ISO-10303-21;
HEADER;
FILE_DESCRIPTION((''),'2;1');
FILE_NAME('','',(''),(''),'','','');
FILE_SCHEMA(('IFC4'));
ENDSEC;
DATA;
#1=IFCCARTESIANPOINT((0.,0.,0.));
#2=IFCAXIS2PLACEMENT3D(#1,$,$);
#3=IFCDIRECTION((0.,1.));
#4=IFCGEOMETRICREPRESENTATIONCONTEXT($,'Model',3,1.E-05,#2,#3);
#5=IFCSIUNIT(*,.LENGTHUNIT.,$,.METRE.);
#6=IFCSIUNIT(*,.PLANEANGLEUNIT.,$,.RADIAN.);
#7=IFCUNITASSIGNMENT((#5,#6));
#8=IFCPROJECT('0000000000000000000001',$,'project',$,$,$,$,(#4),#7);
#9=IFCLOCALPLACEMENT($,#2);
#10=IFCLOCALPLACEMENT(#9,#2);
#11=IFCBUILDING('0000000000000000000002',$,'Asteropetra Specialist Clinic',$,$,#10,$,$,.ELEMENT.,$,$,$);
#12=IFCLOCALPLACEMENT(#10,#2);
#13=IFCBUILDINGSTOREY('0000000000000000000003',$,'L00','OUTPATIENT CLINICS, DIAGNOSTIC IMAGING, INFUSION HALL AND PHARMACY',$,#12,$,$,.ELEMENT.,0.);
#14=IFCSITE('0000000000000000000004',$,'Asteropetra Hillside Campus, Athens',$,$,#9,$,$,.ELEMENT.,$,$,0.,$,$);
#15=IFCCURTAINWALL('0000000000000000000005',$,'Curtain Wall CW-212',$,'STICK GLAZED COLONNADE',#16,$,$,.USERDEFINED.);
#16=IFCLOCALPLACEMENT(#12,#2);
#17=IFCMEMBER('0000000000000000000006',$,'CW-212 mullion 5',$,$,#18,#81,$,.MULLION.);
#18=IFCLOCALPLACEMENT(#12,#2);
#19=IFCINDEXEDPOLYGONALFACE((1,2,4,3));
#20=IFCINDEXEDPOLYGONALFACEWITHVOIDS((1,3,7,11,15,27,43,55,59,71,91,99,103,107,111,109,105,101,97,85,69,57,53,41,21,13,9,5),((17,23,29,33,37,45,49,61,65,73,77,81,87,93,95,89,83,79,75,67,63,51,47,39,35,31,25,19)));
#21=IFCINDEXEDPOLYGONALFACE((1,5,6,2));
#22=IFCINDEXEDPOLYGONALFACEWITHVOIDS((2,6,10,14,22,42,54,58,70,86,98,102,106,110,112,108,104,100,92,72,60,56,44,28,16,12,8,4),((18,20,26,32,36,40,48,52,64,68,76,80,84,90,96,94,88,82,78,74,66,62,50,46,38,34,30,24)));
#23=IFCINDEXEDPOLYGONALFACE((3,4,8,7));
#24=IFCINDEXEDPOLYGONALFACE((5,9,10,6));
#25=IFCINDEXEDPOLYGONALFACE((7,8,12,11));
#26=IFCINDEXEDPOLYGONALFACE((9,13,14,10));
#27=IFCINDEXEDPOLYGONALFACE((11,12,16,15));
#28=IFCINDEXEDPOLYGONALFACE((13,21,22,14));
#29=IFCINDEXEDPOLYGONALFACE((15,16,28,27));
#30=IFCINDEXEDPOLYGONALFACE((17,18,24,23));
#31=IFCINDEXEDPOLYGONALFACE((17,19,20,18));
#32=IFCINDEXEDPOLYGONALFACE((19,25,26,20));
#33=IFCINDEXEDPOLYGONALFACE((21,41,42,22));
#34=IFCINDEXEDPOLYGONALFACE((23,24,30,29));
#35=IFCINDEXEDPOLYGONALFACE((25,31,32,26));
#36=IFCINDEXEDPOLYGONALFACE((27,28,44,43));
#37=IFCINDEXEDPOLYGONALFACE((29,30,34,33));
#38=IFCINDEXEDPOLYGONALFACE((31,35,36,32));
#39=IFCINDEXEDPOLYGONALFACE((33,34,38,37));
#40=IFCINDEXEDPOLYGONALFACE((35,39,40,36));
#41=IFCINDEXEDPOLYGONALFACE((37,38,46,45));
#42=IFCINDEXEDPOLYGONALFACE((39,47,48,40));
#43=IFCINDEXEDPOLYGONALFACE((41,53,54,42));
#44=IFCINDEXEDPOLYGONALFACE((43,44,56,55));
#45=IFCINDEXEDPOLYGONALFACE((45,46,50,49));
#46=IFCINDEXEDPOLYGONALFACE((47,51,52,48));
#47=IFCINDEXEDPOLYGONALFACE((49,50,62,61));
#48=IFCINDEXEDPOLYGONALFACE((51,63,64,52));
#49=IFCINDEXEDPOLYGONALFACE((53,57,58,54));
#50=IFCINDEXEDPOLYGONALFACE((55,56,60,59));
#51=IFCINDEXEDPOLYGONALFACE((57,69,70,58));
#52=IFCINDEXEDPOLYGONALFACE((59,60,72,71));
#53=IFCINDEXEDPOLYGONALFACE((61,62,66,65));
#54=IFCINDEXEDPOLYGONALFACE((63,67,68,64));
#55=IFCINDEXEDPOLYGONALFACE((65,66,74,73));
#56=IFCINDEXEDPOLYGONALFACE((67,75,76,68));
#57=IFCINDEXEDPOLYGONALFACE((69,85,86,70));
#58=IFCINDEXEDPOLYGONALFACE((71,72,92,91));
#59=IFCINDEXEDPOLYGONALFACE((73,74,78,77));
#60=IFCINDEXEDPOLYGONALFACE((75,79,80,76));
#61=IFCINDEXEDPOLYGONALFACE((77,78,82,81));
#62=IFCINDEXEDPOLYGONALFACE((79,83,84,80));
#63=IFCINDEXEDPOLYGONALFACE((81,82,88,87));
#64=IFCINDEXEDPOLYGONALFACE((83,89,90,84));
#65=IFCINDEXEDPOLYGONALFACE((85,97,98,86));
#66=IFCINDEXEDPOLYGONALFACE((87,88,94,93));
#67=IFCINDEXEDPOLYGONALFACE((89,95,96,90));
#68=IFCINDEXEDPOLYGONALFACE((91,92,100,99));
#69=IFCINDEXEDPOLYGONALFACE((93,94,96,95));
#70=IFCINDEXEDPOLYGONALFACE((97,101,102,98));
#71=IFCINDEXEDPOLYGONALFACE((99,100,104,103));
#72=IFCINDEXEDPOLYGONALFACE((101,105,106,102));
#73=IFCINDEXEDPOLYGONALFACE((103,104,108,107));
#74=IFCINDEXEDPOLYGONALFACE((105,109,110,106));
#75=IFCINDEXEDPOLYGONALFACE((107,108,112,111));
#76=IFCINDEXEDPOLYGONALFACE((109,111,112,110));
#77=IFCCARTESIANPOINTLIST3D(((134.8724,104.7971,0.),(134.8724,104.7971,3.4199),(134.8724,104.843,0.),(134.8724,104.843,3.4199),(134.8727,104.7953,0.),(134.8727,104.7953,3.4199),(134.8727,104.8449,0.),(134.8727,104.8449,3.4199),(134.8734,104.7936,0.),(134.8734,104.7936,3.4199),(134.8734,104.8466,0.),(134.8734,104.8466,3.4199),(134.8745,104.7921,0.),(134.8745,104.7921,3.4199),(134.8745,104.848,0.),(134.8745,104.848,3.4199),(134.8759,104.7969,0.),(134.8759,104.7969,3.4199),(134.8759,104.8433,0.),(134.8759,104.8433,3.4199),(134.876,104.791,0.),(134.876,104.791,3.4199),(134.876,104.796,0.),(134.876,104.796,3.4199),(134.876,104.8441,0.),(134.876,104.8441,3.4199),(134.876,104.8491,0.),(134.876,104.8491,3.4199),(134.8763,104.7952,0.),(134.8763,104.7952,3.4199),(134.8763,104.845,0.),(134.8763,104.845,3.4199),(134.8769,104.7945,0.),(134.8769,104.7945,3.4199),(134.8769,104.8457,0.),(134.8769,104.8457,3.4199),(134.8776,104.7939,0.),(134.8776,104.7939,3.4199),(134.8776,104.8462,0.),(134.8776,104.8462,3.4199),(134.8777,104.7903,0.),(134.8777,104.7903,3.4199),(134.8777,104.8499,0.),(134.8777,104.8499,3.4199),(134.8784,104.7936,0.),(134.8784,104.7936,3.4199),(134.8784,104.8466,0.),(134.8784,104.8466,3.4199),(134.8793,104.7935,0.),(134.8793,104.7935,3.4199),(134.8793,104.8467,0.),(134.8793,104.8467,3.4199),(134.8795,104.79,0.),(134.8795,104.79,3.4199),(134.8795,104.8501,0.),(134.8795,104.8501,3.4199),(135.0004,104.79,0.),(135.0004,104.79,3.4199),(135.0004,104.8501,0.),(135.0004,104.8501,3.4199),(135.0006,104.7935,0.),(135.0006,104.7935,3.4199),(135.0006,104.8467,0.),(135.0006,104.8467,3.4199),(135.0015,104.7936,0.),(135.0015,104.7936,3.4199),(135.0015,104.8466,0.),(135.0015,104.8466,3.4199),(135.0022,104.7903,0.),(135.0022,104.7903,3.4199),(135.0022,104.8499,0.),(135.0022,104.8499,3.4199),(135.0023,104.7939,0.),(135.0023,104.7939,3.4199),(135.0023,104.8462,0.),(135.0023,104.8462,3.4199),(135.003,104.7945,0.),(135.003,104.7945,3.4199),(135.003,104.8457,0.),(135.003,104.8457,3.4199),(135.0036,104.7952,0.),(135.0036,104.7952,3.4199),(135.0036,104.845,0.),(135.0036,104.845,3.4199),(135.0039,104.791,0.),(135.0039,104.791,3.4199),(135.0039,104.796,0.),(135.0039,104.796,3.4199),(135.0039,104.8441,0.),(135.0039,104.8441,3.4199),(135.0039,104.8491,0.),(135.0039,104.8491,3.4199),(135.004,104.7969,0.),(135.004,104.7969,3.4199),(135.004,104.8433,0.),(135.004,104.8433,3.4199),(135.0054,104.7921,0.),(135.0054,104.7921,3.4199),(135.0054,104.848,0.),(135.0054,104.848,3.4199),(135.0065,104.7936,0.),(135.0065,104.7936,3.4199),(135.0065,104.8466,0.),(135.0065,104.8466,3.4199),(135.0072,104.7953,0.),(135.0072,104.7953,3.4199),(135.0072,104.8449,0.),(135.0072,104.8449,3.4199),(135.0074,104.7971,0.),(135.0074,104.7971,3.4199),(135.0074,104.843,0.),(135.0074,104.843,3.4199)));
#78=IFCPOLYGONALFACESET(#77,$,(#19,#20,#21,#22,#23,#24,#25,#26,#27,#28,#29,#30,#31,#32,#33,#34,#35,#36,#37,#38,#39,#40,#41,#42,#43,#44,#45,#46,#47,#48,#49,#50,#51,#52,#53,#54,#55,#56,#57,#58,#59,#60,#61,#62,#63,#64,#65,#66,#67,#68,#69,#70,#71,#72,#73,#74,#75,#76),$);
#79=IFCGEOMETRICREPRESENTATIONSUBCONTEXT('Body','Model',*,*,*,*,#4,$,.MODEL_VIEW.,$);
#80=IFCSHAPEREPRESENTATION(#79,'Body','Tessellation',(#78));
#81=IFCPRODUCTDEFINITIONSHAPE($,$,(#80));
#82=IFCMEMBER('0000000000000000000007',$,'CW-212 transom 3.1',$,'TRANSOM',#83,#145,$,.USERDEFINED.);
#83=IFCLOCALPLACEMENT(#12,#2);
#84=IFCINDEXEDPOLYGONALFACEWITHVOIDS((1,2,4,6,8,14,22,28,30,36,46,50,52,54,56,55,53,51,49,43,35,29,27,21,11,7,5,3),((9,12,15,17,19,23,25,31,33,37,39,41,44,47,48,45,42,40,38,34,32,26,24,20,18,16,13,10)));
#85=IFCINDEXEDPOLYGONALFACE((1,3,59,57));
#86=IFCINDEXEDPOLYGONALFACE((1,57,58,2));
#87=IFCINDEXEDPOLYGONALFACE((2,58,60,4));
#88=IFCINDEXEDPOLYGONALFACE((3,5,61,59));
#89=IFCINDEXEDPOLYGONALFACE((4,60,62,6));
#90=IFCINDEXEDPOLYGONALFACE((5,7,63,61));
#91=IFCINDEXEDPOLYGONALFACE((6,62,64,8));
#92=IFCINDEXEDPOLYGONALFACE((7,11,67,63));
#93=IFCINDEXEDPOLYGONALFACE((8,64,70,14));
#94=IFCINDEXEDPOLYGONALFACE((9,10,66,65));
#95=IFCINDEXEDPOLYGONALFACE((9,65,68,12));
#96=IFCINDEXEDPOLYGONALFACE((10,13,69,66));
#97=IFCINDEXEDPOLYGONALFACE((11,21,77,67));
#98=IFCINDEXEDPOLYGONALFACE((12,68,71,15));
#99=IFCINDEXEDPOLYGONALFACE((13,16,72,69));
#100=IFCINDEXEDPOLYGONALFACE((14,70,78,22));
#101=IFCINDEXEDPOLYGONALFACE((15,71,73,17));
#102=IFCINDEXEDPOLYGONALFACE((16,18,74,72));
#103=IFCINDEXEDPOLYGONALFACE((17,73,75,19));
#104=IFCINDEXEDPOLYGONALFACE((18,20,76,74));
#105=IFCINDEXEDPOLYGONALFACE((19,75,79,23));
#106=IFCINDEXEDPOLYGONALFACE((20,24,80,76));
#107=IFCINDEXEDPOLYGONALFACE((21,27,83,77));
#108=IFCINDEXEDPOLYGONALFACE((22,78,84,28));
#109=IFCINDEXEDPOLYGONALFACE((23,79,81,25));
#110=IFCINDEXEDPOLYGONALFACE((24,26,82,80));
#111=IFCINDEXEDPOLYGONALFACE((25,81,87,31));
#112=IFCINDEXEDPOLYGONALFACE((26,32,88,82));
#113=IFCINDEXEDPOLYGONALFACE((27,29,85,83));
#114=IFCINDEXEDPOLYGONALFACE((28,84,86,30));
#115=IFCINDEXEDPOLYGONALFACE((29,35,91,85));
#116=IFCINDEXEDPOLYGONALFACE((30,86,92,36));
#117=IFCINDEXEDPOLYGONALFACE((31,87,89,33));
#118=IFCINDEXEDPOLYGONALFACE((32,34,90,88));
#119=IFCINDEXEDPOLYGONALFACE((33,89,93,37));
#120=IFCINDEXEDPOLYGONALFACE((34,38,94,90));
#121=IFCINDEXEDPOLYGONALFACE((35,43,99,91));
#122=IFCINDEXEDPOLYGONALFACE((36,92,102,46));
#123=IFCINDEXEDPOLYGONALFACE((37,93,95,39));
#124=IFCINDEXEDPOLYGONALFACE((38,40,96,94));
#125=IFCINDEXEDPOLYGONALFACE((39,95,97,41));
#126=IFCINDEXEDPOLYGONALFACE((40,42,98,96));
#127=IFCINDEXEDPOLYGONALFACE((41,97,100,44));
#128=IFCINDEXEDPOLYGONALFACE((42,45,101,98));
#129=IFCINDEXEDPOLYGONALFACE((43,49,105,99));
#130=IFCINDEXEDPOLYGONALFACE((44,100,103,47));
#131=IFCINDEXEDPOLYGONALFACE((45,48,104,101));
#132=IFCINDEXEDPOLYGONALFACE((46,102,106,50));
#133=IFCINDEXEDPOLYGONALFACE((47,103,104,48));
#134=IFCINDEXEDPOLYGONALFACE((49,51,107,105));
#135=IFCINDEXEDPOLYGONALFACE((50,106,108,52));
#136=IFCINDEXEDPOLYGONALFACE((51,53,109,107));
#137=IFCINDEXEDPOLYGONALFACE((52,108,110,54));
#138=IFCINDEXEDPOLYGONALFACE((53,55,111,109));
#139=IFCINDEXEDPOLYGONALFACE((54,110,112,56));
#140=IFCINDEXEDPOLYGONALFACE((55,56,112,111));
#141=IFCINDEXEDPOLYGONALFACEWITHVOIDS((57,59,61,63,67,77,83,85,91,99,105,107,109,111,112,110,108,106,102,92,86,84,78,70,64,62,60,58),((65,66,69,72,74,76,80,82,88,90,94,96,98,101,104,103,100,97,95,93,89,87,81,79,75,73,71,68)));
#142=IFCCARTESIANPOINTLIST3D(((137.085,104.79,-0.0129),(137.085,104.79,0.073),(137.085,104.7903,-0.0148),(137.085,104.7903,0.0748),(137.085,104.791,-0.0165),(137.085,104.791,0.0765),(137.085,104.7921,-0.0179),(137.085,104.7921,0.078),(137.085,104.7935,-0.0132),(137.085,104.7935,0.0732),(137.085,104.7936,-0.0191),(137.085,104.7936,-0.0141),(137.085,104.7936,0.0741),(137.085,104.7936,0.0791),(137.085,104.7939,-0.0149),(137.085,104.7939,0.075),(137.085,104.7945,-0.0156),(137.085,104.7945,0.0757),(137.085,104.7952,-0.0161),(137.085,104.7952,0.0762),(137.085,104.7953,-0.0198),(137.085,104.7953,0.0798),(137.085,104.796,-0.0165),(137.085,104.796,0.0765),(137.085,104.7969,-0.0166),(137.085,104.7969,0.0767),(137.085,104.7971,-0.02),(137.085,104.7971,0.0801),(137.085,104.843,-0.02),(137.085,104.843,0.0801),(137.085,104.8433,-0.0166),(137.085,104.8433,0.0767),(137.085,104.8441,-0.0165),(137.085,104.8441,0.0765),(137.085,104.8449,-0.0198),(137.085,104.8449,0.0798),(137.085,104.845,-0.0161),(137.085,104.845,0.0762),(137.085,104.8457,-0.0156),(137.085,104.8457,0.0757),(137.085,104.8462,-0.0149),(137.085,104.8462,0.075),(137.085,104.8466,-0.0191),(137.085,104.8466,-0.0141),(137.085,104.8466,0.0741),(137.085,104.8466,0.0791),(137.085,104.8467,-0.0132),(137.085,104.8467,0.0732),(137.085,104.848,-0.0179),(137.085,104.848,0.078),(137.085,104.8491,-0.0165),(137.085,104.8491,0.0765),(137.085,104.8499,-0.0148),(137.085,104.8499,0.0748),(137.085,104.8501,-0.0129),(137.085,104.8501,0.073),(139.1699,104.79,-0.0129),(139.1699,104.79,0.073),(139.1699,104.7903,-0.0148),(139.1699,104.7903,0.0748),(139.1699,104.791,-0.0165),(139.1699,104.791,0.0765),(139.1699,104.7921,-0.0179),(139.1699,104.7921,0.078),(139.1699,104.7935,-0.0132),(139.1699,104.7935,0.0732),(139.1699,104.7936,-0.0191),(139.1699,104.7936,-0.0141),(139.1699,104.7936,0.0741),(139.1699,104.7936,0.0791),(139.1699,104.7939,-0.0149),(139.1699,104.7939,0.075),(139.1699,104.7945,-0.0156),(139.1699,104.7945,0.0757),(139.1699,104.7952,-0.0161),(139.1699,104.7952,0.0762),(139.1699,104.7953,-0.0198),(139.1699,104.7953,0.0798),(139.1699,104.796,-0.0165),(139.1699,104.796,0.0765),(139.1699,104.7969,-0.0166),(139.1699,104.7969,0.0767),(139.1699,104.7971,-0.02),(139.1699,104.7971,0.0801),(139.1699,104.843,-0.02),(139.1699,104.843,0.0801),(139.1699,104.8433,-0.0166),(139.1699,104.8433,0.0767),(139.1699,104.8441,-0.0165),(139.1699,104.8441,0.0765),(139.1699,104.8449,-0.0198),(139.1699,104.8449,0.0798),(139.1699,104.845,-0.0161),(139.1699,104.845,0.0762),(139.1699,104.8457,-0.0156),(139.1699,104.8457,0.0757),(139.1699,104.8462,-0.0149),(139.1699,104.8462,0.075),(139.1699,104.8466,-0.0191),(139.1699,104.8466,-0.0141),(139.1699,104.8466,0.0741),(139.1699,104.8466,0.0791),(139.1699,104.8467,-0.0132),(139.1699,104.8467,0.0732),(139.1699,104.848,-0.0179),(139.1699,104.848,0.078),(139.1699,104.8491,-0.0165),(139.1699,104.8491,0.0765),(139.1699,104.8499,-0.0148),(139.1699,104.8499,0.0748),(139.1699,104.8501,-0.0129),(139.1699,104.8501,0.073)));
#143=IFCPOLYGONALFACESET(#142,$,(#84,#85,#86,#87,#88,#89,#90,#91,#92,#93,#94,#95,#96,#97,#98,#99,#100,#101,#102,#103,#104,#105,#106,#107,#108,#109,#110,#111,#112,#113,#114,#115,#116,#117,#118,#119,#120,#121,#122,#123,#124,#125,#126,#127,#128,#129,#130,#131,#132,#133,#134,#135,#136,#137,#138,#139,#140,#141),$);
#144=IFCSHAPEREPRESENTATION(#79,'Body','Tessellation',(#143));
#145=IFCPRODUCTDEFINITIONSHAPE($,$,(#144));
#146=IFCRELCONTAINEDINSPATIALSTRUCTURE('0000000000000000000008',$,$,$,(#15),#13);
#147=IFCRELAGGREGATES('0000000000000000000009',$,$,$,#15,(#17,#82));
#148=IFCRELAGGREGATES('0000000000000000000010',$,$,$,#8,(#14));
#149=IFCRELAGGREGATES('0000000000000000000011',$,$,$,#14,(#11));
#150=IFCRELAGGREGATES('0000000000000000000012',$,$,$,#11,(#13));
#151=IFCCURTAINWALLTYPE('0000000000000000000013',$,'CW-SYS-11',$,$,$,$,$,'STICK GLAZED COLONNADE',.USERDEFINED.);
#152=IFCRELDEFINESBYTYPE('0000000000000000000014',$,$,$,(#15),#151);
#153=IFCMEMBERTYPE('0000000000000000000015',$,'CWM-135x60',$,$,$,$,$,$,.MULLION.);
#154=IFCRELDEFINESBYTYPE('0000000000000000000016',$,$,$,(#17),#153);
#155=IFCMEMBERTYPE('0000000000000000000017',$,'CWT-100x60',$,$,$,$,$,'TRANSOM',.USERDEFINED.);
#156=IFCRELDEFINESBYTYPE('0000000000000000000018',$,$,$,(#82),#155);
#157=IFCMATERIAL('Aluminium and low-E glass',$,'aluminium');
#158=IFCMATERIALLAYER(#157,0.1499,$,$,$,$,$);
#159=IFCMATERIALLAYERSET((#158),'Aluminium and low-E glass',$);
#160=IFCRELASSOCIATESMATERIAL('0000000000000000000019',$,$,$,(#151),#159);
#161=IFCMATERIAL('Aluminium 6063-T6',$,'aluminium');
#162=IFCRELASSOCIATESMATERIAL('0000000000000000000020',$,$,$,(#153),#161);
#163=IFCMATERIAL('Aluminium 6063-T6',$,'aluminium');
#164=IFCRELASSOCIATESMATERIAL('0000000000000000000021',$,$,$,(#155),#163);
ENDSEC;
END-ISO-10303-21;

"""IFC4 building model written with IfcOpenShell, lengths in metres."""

from ifc_helpers import new_model, si_unit, direction, frame, origin, origin_2d, place, context, subcontext, project, spatial, hollow_rectangle, extrude, material, layer, layer_set, material_profile, profile_set, type_object, element, aggregate, save


model = new_model("IFC4")

# Units and contexts
model_context = context("Model", 3, precision=1e-05, world=origin(), true_north=direction((0.0, 1.0)))
body_context = subcontext(model_context, "Body", "Model", "MODEL_VIEW")
ifc_project = project(units=[si_unit("LENGTHUNIT", "METRE"), si_unit("PLANEANGLEUNIT", "RADIAN")], contexts=[model_context])

# Site, building, storey
site_placement = place(None, origin())
site = spatial("IfcSite", under=ifc_project, at=site_placement, Name="Asteropetra Hillside Campus, Athens", CompositionType="ELEMENT", RefElevation=0.0)
building_placement = place(site_placement, origin())
building = spatial("IfcBuilding", under=site, at=building_placement, Name="Asteropetra Specialist Clinic", CompositionType="ELEMENT")
storey_placement = place(building_placement, origin())
storey = spatial("IfcBuildingStorey", under=building, at=storey_placement, Name="L00", Description="OUTPATIENT CLINICS, DIAGNOSTIC IMAGING, INFUSION HALL AND PHARMACY", CompositionType="ELEMENT", Elevation=0.0)

# Curtain wall, members
ifc_material_1 = material(Name="Aluminium and low-E glass", Category="aluminium")
ifc_layer_1 = layer(ifc_material_1, 0.1499)
ifc_layer_set_1 = layer_set([ifc_layer_1], Name="Aluminium and low-E glass")
curtain_wall_type = type_object("IfcCurtainWallType", Name="CW-SYS-11", ElementType="STICK GLAZED COLONNADE", PredefinedType="USERDEFINED", material=ifc_layer_set_1)
curtain_wall_placement = place(storey_placement, origin())
curtain_wall = element("IfcCurtainWall", 1, at=curtain_wall_placement, inside=storey, type_object=curtain_wall_type, Name="Curtain Wall CW-212", ObjectType="STICK GLAZED COLONNADE", PredefinedType="USERDEFINED")
ifc_material_2 = material(Name="Aluminium 6063-T6", Category="aluminium")
ifc_material_profile_1 = material_profile(ifc_material_2, hollow_rectangle(XDim=0.0601, YDim=0.135, WallThickness=0.0034, InnerFilletRadius=0.0034, OuterFilletRadius=0.0071, at=origin_2d()), Name="MUL 135x60x3.5")
ifc_profile_set_1 = profile_set([ifc_material_profile_1], Name="Aluminium 6063-T6")
member_type_1 = type_object("IfcMemberType", Name="CWM-135x60", PredefinedType="MULLION", material=ifc_profile_set_1)
member_1_placement = place(storey_placement, frame((134.9399, 104.8201, 0.0), z_axis=(0.0, 0.0, 1.0), x_axis=(0.0, -1.0, 0.0)))
member_1 = element("IfcMember", 2, at=member_1_placement, type_object=member_type_1, Name="CW-212 mullion 5", PredefinedType="MULLION", context=body_context, shape_type="SweptSolid", body=[
    extrude(hollow_rectangle(XDim=0.0601, YDim=0.135, WallThickness=0.0034, InnerFilletRadius=0.0034, OuterFilletRadius=0.0071, at=origin_2d()), origin(), (0.0, 0.0, 1.0), 3.4199),
])
ifc_material_3 = material(Name="Aluminium 6063-T6", Category="aluminium")
ifc_material_profile_2 = material_profile(ifc_material_3, hollow_rectangle(XDim=0.0601, YDim=0.1001, WallThickness=0.0034, InnerFilletRadius=0.0034, OuterFilletRadius=0.0071, at=origin_2d()), Name="TRN 100x60x3.5")
ifc_profile_set_2 = profile_set([ifc_material_profile_2], Name="Aluminium 6063-T6")
member_type_2 = type_object("IfcMemberType", Name="CWT-100x60", ElementType="TRANSOM", PredefinedType="USERDEFINED", material=ifc_profile_set_2)
member_2_placement = place(storey_placement, frame((139.1699, 104.8201, 0.03), z_axis=(-1.0, 0.0, 0.0), x_axis=(0.0, -1.0, 0.0)))
member_2 = element("IfcMember", 3, at=member_2_placement, type_object=member_type_2, Name="CW-212 transom 3.1", ObjectType="TRANSOM", PredefinedType="USERDEFINED", context=body_context, shape_type="SweptSolid", body=[
    extrude(hollow_rectangle(XDim=0.0601, YDim=0.1001, WallThickness=0.0034, InnerFilletRadius=0.0034, OuterFilletRadius=0.0071, at=origin_2d()), origin(), (0.0, 0.0, 1.0), 2.085),
])
aggregate(curtain_wall, [member_1, member_2])

save(model, "model.ifc")
